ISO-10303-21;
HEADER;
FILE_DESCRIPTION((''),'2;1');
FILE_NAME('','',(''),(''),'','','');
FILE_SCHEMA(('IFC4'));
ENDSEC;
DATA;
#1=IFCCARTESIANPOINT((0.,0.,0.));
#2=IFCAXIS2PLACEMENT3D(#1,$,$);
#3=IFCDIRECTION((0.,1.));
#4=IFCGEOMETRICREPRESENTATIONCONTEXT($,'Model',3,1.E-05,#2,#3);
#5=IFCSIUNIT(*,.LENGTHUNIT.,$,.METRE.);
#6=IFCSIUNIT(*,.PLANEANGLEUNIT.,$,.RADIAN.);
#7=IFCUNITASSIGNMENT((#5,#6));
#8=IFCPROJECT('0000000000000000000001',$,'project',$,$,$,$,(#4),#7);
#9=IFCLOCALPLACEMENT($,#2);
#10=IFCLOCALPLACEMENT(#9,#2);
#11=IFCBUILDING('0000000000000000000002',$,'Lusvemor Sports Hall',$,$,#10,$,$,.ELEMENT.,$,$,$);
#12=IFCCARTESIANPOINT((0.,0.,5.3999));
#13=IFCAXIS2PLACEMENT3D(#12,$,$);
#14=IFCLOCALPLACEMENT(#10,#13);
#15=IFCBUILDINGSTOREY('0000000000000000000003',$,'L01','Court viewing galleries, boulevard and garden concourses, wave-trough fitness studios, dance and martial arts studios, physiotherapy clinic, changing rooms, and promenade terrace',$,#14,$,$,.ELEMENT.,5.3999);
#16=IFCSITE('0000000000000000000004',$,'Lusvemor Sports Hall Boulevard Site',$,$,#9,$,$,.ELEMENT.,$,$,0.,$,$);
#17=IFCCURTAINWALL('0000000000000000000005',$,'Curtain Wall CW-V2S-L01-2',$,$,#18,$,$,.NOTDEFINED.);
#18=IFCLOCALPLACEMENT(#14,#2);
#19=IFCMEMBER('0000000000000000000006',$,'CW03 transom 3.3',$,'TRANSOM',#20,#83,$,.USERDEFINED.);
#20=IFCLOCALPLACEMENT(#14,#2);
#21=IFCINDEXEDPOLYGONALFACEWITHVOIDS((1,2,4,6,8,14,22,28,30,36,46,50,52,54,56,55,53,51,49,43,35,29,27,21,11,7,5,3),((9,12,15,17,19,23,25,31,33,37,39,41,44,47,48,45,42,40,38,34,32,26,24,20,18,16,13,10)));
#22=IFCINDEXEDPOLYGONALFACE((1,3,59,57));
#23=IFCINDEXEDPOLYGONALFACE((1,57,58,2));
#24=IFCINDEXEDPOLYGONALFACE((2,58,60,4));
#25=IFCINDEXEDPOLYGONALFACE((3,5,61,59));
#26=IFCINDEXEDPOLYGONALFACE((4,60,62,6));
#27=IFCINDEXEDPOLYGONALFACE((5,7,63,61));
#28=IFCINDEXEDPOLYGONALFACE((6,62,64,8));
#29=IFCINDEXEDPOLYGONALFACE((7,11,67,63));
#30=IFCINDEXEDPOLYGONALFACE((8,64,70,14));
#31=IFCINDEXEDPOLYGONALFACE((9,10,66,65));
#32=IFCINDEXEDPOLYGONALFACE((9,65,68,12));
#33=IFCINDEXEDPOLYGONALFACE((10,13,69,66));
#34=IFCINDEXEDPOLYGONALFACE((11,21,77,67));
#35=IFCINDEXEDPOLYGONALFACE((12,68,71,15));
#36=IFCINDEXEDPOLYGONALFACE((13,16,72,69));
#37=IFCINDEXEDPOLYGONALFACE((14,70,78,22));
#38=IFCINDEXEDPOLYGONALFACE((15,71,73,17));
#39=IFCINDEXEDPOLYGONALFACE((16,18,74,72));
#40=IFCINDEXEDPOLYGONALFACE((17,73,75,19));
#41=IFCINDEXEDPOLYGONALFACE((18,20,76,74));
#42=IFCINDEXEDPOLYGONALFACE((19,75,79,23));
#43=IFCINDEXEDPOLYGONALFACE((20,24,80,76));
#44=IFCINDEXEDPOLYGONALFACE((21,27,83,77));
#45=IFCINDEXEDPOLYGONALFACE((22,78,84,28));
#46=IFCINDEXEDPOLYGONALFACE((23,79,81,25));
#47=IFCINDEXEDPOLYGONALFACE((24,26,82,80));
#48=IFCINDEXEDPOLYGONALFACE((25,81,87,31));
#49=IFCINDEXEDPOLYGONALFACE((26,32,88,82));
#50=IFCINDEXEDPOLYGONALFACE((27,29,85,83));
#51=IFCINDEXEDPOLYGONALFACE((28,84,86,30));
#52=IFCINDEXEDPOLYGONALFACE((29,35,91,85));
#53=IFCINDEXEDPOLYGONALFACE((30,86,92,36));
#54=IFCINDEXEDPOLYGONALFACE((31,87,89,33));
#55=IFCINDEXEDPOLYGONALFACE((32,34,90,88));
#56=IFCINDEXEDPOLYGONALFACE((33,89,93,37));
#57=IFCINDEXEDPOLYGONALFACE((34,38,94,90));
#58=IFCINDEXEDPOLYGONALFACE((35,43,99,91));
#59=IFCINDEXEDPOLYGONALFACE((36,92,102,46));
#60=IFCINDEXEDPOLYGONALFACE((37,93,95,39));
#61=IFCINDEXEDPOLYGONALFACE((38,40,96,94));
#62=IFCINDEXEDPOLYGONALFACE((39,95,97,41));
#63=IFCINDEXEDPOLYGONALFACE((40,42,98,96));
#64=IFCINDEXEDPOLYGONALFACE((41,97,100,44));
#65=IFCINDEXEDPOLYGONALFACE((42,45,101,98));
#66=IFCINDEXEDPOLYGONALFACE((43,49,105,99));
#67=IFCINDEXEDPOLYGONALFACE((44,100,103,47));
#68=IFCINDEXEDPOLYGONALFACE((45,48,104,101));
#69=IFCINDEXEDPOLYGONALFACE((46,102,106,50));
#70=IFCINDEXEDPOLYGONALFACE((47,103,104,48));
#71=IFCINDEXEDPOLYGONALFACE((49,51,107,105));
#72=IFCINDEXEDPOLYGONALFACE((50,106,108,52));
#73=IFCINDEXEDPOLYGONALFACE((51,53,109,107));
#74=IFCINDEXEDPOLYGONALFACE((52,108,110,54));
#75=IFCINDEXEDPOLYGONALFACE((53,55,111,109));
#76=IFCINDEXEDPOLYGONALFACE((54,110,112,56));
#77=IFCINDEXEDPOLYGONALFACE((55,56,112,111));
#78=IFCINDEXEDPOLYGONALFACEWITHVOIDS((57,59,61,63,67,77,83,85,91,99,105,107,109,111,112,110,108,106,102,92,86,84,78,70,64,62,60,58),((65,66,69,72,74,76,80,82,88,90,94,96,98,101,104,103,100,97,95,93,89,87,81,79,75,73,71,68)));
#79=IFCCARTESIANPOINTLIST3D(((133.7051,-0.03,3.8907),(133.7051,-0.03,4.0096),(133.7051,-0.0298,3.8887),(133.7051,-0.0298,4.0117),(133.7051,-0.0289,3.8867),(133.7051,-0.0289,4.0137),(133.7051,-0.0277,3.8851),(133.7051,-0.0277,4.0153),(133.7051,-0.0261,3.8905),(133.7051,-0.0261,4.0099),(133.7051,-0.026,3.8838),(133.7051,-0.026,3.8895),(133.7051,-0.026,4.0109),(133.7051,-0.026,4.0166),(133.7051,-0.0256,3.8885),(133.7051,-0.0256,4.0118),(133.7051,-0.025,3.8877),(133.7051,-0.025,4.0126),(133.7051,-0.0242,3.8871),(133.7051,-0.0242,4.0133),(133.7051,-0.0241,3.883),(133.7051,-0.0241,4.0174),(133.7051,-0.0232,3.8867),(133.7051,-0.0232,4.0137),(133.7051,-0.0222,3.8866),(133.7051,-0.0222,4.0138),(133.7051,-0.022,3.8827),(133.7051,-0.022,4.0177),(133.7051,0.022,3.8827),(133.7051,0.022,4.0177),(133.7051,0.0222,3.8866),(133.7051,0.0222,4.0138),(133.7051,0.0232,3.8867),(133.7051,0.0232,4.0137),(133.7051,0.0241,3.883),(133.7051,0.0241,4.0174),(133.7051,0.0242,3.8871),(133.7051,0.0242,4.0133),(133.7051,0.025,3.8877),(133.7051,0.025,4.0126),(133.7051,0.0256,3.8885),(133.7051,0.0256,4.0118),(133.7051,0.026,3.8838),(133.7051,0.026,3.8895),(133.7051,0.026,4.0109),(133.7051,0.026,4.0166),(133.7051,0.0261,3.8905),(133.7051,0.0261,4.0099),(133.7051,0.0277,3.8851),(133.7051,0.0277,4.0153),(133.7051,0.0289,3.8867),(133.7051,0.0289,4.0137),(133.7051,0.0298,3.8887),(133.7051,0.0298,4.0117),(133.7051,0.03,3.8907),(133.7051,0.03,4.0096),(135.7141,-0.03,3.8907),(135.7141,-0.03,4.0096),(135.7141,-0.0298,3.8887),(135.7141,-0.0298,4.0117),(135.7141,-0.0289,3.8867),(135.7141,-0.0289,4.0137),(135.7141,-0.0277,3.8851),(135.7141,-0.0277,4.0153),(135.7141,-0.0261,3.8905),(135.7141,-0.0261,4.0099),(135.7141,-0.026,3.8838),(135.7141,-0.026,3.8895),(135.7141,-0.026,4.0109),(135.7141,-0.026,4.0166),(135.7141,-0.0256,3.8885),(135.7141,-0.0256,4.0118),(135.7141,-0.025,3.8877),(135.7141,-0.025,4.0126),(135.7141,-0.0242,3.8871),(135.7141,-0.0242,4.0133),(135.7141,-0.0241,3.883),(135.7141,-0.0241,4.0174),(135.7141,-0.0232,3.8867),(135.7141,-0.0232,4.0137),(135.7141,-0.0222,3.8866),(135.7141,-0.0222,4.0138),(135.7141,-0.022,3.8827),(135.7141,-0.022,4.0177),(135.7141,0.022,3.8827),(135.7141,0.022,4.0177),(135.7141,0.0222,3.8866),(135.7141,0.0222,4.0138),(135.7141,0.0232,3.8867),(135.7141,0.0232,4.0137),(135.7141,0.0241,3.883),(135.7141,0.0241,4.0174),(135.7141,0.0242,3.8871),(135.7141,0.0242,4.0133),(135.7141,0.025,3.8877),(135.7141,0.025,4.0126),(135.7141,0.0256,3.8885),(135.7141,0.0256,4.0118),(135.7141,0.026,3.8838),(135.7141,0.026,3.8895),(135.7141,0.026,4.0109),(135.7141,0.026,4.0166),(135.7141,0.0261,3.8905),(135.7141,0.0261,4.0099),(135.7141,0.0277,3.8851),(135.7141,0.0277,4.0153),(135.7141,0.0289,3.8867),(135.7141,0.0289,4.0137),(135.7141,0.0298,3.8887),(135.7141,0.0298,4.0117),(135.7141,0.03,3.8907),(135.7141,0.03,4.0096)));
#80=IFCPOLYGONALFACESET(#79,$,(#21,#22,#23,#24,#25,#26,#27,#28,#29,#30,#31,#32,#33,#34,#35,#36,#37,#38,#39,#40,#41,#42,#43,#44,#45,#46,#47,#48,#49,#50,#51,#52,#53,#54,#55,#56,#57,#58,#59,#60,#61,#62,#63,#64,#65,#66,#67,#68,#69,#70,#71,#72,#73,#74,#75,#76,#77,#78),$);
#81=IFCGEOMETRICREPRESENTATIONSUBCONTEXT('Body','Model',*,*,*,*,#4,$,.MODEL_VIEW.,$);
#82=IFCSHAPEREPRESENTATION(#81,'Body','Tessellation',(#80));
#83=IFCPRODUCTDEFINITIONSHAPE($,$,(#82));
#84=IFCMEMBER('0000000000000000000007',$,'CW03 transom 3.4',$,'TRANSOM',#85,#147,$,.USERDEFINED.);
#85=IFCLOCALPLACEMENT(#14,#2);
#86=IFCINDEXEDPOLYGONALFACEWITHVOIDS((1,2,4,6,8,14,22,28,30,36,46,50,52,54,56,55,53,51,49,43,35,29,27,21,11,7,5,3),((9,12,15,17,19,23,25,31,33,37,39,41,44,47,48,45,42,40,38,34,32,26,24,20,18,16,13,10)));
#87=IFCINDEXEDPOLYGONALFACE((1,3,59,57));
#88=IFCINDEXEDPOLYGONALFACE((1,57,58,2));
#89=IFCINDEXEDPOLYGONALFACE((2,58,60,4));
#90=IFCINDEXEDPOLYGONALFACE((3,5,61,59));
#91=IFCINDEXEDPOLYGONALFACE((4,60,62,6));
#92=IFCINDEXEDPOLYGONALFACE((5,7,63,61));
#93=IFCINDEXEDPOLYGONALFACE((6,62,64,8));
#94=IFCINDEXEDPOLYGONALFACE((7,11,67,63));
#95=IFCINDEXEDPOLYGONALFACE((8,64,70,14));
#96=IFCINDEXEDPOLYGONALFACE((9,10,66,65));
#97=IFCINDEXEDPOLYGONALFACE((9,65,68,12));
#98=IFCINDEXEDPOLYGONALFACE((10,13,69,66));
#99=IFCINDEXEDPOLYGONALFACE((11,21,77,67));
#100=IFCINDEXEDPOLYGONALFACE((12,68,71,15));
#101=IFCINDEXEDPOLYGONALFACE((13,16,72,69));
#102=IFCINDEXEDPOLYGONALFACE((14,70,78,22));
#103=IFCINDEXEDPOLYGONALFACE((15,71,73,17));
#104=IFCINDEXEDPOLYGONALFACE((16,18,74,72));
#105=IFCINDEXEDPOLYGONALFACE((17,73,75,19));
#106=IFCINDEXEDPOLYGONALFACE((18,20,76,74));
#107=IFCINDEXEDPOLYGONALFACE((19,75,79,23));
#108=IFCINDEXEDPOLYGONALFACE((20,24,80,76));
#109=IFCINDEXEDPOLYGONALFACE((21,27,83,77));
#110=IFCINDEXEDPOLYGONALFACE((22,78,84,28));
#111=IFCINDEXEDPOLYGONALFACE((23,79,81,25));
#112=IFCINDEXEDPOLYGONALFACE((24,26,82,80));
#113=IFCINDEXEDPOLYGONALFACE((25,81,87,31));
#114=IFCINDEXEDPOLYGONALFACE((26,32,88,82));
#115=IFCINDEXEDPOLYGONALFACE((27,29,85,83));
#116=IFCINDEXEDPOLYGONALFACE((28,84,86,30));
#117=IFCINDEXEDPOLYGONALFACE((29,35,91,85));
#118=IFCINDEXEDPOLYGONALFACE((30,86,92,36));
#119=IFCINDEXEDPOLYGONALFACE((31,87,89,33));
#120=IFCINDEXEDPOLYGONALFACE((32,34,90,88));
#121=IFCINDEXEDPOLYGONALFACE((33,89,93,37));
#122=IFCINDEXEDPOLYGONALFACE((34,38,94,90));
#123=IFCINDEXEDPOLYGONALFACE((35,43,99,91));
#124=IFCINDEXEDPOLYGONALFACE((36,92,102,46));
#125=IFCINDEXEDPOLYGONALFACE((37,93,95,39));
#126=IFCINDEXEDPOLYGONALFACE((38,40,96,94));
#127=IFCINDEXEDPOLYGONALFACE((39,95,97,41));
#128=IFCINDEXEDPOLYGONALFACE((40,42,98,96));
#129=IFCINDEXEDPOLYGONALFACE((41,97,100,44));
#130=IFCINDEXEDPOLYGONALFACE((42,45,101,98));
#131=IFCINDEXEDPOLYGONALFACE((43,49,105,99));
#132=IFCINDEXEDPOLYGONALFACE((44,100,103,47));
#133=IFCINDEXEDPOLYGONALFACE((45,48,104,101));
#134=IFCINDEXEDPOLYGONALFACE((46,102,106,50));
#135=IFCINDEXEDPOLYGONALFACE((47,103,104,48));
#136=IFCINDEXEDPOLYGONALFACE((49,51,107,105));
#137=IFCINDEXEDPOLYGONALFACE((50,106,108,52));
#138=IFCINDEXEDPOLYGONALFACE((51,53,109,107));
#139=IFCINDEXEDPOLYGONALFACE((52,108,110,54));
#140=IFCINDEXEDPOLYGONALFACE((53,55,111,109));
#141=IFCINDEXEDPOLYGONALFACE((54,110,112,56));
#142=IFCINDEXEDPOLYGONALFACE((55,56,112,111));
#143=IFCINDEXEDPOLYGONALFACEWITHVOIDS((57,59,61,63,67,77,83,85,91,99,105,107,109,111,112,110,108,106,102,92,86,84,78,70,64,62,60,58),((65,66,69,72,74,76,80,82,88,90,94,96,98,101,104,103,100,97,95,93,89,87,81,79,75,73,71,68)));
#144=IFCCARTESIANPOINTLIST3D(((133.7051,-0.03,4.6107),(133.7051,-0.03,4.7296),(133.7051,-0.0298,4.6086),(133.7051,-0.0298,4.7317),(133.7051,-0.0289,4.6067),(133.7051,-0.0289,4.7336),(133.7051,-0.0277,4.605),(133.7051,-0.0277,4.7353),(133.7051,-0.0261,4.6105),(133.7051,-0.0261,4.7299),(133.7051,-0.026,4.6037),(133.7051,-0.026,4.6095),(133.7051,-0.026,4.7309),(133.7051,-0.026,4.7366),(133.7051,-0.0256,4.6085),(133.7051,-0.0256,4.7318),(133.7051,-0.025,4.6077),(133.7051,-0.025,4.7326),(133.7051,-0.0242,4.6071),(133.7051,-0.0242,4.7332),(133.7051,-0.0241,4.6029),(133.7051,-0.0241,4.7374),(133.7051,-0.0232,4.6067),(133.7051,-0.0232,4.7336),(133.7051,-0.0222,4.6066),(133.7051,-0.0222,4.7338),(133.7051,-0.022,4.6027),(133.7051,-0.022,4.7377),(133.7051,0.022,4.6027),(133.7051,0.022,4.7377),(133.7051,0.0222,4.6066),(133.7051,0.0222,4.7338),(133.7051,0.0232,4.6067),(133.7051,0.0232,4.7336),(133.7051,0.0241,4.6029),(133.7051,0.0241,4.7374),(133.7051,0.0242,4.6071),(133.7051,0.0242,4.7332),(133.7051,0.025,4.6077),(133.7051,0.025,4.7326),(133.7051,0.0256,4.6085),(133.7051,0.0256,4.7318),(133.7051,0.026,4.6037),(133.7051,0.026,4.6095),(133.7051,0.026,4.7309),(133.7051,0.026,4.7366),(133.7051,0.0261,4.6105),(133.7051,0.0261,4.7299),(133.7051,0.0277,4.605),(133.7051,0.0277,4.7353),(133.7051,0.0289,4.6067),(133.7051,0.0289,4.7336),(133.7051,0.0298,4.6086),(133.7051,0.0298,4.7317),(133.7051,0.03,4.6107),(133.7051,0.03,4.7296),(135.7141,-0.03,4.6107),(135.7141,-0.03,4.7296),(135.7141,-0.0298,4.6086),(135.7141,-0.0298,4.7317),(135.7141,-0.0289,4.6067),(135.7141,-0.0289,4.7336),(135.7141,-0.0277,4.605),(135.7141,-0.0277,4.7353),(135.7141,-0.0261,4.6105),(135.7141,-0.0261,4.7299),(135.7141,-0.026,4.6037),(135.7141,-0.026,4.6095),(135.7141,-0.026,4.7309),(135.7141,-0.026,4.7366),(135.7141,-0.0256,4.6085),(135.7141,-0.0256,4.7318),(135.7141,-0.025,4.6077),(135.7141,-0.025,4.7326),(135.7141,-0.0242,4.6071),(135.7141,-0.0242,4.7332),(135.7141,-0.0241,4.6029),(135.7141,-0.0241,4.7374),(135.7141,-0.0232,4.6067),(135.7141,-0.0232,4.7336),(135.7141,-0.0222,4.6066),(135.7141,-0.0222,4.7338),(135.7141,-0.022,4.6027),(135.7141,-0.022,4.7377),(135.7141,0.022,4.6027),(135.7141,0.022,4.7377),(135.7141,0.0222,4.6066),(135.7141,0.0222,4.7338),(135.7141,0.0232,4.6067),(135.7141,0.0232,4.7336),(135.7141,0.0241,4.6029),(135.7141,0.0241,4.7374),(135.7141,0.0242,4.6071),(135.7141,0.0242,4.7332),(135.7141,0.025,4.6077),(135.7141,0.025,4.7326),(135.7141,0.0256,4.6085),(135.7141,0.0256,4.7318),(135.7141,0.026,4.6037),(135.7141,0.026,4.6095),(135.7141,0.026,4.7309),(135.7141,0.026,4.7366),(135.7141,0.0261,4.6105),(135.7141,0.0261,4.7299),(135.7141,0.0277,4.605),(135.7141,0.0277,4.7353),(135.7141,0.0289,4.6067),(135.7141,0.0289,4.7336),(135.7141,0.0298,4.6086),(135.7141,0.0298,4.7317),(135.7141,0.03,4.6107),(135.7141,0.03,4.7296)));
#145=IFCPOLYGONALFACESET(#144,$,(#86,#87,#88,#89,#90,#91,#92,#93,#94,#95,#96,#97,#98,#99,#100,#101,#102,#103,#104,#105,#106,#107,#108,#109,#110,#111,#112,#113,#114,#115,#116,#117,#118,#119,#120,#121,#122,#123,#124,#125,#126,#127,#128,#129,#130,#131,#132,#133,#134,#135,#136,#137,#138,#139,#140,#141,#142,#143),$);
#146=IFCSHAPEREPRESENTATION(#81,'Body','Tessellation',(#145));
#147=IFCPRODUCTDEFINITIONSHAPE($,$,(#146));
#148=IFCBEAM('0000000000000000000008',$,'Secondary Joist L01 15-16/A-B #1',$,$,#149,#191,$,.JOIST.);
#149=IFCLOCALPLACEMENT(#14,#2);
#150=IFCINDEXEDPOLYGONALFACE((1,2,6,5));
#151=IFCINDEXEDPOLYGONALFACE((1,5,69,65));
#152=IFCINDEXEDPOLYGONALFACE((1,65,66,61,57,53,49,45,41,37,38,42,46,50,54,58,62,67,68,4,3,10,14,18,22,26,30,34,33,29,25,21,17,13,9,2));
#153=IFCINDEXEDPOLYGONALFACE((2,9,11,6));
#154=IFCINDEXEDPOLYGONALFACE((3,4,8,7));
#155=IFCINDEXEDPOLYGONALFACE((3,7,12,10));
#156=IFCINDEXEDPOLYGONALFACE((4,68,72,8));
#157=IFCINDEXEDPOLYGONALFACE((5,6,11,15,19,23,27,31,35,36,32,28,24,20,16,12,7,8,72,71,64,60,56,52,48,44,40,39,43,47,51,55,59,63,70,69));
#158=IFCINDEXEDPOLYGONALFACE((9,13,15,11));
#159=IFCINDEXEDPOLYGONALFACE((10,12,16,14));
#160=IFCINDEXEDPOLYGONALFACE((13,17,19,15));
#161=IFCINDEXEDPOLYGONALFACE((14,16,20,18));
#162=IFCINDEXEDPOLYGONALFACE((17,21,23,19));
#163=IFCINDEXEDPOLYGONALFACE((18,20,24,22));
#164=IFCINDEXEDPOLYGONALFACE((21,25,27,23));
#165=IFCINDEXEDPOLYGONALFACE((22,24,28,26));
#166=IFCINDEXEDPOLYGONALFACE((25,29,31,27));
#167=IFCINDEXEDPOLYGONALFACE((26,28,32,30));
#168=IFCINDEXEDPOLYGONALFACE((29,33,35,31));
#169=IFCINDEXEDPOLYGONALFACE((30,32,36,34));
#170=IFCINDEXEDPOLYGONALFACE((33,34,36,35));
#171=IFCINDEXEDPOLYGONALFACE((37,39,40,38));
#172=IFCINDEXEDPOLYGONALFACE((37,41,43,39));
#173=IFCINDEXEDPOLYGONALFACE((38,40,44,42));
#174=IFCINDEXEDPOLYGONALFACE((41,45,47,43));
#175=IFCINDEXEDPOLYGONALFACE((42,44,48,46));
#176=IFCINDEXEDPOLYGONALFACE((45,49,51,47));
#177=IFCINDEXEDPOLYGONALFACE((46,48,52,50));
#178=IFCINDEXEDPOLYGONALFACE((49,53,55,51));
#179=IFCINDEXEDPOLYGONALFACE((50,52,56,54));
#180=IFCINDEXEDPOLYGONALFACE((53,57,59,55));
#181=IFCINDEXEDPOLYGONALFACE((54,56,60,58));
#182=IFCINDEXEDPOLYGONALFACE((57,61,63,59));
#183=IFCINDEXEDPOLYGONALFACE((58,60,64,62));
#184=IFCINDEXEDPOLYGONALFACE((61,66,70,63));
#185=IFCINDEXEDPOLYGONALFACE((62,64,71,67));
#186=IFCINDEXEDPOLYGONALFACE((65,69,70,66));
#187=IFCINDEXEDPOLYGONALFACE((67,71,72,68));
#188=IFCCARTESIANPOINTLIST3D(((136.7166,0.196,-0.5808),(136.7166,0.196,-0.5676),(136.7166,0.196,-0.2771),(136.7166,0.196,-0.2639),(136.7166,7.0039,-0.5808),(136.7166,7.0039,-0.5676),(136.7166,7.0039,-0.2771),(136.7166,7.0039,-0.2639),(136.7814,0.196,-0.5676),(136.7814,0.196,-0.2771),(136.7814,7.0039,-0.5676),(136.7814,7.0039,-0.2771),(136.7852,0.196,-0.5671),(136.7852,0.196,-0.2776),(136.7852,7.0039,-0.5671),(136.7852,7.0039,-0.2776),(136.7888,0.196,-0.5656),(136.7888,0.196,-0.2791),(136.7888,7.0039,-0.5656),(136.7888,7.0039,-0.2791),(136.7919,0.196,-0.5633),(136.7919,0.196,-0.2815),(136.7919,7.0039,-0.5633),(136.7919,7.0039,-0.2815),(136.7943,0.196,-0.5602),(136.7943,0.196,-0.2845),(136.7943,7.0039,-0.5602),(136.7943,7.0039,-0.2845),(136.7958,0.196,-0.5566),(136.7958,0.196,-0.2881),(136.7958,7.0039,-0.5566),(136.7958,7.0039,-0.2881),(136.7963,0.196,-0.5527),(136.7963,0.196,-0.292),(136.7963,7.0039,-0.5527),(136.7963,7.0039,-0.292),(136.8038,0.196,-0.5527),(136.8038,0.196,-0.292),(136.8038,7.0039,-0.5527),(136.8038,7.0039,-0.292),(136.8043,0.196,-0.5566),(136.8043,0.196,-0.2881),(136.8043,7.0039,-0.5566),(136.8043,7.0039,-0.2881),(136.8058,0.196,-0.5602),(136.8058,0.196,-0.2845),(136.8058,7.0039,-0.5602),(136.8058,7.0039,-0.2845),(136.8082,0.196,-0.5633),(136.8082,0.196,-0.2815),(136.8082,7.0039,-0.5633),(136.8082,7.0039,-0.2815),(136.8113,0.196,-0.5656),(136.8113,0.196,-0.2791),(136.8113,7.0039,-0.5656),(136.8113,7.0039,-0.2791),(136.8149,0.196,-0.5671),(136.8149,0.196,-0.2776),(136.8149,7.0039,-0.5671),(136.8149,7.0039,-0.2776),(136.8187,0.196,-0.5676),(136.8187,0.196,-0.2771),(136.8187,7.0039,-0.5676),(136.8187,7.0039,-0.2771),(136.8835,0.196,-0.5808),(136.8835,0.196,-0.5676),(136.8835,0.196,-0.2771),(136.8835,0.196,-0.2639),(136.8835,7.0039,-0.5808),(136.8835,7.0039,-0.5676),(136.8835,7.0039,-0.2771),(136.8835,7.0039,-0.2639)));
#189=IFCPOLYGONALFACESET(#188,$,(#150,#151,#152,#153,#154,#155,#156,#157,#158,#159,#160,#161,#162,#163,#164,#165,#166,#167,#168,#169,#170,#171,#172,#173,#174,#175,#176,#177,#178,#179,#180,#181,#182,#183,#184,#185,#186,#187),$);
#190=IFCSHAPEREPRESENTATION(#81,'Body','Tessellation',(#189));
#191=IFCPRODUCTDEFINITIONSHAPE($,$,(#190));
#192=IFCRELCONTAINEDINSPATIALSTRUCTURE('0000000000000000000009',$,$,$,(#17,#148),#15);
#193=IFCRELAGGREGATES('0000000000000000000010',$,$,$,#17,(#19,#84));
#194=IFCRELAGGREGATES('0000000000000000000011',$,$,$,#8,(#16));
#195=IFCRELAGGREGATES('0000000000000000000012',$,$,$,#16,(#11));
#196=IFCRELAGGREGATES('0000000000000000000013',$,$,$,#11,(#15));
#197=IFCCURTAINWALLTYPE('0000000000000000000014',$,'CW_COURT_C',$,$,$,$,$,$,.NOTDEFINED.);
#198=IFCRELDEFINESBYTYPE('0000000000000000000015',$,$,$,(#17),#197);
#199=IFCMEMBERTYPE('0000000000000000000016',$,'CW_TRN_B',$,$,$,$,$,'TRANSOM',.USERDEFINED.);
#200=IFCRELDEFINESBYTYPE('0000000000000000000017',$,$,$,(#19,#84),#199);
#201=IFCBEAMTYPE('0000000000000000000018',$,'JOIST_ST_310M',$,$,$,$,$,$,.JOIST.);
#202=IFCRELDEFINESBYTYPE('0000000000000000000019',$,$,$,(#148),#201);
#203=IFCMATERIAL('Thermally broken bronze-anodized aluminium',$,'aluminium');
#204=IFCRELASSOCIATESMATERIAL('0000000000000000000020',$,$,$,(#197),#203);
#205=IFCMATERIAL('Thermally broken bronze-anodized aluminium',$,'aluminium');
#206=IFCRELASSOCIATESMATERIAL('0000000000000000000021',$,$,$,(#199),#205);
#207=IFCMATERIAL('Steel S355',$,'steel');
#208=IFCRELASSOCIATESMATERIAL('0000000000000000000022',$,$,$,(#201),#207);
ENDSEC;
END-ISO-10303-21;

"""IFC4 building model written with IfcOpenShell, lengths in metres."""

from ifc_helpers import new_model, si_unit, direction, frame, origin, origin_2d, place, context, subcontext, project, spatial, hollow_rectangle, i_section, extrude, material, material_profile, profile_set, type_object, element, aggregate, save


model = new_model("IFC4")

# Units and contexts
model_context = context("Model", 3, precision=1e-05, world=origin(), true_north=direction((0.0, 1.0)))
body_context = subcontext(model_context, "Body", "Model", "MODEL_VIEW")
ifc_project = project(units=[si_unit("LENGTHUNIT", "METRE"), si_unit("PLANEANGLEUNIT", "RADIAN")], contexts=[model_context])

# Site, building, storey
site_placement = place(None, origin())
site = spatial("IfcSite", under=ifc_project, at=site_placement, Name="Lusvemor Sports Hall Boulevard Site", CompositionType="ELEMENT", RefElevation=0.0)
building_placement = place(site_placement, origin())
building = spatial("IfcBuilding", under=site, at=building_placement, Name="Lusvemor Sports Hall", CompositionType="ELEMENT")
storey_placement = place(building_placement, frame((0.0, 0.0, 5.3999)))
storey = spatial("IfcBuildingStorey", under=building, at=storey_placement, Name="L01", Description="Court viewing galleries, boulevard and garden concourses, wave-trough fitness studios, dance and martial arts studios, physiotherapy clinic, changing rooms, and promenade terrace", CompositionType="ELEMENT", Elevation=5.3999)

# Curtain wall, members
ifc_material_1 = material(Name="Thermally broken bronze-anodized aluminium", Category="aluminium")
curtain_wall_type = type_object("IfcCurtainWallType", Name="CW_COURT_C", PredefinedType="NOTDEFINED", material=ifc_material_1)
curtain_wall_placement = place(storey_placement, origin())
curtain_wall = element("IfcCurtainWall", 1, at=curtain_wall_placement, inside=storey, type_object=curtain_wall_type, Name="Curtain Wall CW-V2S-L01-2", PredefinedType="NOTDEFINED")
ifc_material_2 = material(Name="Thermally broken bronze-anodized aluminium", Category="aluminium")
ifc_material_profile_1 = material_profile(ifc_material_2, hollow_rectangle(XDim=0.0601, YDim=0.135, WallThickness=0.0039, InnerFilletRadius=0.0039, OuterFilletRadius=0.0081, at=origin_2d()), Name="CWTRN135x60x4")
ifc_profile_set_1 = profile_set([ifc_material_profile_1], Name="Thermally broken bronze-anodized aluminium")
member_type_1 = type_object("IfcMemberType", Name="CW_TRN_B", ElementType="TRANSOM", PredefinedType="USERDEFINED", material=ifc_profile_set_1)
member_1_placement = place(storey_placement, frame((135.7141, 0.0, 3.9502), z_axis=(-1.0, 0.0, 0.0), x_axis=(0.0, -1.0, 0.0)))
member_1 = element("IfcMember", 2, at=member_1_placement, type_object=member_type_1, Name="CW03 transom 3.3", ObjectType="TRANSOM", PredefinedType="USERDEFINED", context=body_context, shape_type="SweptSolid", body=[
    extrude(hollow_rectangle(XDim=0.0601, YDim=0.135, WallThickness=0.0039, InnerFilletRadius=0.0039, OuterFilletRadius=0.0081, at=origin_2d()), origin(), (0.0, 0.0, 1.0), 2.009),
])
member_2_placement = place(storey_placement, frame((135.7141, 0.0, 4.6702), z_axis=(-1.0, 0.0, 0.0), x_axis=(0.0, -1.0, 0.0)))
member_2 = element("IfcMember", 3, at=member_2_placement, type_object=member_type_1, Name="CW03 transom 3.4", ObjectType="TRANSOM", PredefinedType="USERDEFINED", context=body_context, shape_type="SweptSolid", body=[
    extrude(hollow_rectangle(XDim=0.0601, YDim=0.135, WallThickness=0.0039, InnerFilletRadius=0.0039, OuterFilletRadius=0.0081, at=origin_2d()), origin(), (0.0, 0.0, 1.0), 2.009),
])

# Beam
ifc_material_3 = material(Name="Steel S355", Category="steel")
ifc_material_profile_2 = material_profile(ifc_material_3, i_section(OverallWidth=0.167, OverallDepth=0.3169, WebThickness=0.0076, FlangeThickness=0.0132, FilletRadius=0.0149, at=origin_2d()), Name="W310x52.0")
ifc_profile_set_2 = profile_set([ifc_material_profile_2], Name="Steel S355")
beam_type_1 = type_object("IfcBeamType", Name="JOIST_ST_310M", PredefinedType="JOIST", material=ifc_profile_set_2)
beam_placement = place(storey_placement, frame((136.8, 0.196, -0.4224), z_axis=(0.0, 1.0, 0.0), x_axis=(-1.0, 0.0, 0.0)))
element("IfcBeam", 4, at=beam_placement, inside=storey, type_object=beam_type_1, Name="Secondary Joist L01 15-16/A-B #1", PredefinedType="JOIST", context=body_context, shape_type="SweptSolid", body=[
    extrude(i_section(OverallWidth=0.167, OverallDepth=0.3169, WebThickness=0.0076, FlangeThickness=0.0132, FilletRadius=0.0149, at=origin_2d()), origin(), (0.0, 0.0, 1.0), 6.8079),
])

aggregate(curtain_wall, [member_1, member_2])

save(model, "model.ifc")
